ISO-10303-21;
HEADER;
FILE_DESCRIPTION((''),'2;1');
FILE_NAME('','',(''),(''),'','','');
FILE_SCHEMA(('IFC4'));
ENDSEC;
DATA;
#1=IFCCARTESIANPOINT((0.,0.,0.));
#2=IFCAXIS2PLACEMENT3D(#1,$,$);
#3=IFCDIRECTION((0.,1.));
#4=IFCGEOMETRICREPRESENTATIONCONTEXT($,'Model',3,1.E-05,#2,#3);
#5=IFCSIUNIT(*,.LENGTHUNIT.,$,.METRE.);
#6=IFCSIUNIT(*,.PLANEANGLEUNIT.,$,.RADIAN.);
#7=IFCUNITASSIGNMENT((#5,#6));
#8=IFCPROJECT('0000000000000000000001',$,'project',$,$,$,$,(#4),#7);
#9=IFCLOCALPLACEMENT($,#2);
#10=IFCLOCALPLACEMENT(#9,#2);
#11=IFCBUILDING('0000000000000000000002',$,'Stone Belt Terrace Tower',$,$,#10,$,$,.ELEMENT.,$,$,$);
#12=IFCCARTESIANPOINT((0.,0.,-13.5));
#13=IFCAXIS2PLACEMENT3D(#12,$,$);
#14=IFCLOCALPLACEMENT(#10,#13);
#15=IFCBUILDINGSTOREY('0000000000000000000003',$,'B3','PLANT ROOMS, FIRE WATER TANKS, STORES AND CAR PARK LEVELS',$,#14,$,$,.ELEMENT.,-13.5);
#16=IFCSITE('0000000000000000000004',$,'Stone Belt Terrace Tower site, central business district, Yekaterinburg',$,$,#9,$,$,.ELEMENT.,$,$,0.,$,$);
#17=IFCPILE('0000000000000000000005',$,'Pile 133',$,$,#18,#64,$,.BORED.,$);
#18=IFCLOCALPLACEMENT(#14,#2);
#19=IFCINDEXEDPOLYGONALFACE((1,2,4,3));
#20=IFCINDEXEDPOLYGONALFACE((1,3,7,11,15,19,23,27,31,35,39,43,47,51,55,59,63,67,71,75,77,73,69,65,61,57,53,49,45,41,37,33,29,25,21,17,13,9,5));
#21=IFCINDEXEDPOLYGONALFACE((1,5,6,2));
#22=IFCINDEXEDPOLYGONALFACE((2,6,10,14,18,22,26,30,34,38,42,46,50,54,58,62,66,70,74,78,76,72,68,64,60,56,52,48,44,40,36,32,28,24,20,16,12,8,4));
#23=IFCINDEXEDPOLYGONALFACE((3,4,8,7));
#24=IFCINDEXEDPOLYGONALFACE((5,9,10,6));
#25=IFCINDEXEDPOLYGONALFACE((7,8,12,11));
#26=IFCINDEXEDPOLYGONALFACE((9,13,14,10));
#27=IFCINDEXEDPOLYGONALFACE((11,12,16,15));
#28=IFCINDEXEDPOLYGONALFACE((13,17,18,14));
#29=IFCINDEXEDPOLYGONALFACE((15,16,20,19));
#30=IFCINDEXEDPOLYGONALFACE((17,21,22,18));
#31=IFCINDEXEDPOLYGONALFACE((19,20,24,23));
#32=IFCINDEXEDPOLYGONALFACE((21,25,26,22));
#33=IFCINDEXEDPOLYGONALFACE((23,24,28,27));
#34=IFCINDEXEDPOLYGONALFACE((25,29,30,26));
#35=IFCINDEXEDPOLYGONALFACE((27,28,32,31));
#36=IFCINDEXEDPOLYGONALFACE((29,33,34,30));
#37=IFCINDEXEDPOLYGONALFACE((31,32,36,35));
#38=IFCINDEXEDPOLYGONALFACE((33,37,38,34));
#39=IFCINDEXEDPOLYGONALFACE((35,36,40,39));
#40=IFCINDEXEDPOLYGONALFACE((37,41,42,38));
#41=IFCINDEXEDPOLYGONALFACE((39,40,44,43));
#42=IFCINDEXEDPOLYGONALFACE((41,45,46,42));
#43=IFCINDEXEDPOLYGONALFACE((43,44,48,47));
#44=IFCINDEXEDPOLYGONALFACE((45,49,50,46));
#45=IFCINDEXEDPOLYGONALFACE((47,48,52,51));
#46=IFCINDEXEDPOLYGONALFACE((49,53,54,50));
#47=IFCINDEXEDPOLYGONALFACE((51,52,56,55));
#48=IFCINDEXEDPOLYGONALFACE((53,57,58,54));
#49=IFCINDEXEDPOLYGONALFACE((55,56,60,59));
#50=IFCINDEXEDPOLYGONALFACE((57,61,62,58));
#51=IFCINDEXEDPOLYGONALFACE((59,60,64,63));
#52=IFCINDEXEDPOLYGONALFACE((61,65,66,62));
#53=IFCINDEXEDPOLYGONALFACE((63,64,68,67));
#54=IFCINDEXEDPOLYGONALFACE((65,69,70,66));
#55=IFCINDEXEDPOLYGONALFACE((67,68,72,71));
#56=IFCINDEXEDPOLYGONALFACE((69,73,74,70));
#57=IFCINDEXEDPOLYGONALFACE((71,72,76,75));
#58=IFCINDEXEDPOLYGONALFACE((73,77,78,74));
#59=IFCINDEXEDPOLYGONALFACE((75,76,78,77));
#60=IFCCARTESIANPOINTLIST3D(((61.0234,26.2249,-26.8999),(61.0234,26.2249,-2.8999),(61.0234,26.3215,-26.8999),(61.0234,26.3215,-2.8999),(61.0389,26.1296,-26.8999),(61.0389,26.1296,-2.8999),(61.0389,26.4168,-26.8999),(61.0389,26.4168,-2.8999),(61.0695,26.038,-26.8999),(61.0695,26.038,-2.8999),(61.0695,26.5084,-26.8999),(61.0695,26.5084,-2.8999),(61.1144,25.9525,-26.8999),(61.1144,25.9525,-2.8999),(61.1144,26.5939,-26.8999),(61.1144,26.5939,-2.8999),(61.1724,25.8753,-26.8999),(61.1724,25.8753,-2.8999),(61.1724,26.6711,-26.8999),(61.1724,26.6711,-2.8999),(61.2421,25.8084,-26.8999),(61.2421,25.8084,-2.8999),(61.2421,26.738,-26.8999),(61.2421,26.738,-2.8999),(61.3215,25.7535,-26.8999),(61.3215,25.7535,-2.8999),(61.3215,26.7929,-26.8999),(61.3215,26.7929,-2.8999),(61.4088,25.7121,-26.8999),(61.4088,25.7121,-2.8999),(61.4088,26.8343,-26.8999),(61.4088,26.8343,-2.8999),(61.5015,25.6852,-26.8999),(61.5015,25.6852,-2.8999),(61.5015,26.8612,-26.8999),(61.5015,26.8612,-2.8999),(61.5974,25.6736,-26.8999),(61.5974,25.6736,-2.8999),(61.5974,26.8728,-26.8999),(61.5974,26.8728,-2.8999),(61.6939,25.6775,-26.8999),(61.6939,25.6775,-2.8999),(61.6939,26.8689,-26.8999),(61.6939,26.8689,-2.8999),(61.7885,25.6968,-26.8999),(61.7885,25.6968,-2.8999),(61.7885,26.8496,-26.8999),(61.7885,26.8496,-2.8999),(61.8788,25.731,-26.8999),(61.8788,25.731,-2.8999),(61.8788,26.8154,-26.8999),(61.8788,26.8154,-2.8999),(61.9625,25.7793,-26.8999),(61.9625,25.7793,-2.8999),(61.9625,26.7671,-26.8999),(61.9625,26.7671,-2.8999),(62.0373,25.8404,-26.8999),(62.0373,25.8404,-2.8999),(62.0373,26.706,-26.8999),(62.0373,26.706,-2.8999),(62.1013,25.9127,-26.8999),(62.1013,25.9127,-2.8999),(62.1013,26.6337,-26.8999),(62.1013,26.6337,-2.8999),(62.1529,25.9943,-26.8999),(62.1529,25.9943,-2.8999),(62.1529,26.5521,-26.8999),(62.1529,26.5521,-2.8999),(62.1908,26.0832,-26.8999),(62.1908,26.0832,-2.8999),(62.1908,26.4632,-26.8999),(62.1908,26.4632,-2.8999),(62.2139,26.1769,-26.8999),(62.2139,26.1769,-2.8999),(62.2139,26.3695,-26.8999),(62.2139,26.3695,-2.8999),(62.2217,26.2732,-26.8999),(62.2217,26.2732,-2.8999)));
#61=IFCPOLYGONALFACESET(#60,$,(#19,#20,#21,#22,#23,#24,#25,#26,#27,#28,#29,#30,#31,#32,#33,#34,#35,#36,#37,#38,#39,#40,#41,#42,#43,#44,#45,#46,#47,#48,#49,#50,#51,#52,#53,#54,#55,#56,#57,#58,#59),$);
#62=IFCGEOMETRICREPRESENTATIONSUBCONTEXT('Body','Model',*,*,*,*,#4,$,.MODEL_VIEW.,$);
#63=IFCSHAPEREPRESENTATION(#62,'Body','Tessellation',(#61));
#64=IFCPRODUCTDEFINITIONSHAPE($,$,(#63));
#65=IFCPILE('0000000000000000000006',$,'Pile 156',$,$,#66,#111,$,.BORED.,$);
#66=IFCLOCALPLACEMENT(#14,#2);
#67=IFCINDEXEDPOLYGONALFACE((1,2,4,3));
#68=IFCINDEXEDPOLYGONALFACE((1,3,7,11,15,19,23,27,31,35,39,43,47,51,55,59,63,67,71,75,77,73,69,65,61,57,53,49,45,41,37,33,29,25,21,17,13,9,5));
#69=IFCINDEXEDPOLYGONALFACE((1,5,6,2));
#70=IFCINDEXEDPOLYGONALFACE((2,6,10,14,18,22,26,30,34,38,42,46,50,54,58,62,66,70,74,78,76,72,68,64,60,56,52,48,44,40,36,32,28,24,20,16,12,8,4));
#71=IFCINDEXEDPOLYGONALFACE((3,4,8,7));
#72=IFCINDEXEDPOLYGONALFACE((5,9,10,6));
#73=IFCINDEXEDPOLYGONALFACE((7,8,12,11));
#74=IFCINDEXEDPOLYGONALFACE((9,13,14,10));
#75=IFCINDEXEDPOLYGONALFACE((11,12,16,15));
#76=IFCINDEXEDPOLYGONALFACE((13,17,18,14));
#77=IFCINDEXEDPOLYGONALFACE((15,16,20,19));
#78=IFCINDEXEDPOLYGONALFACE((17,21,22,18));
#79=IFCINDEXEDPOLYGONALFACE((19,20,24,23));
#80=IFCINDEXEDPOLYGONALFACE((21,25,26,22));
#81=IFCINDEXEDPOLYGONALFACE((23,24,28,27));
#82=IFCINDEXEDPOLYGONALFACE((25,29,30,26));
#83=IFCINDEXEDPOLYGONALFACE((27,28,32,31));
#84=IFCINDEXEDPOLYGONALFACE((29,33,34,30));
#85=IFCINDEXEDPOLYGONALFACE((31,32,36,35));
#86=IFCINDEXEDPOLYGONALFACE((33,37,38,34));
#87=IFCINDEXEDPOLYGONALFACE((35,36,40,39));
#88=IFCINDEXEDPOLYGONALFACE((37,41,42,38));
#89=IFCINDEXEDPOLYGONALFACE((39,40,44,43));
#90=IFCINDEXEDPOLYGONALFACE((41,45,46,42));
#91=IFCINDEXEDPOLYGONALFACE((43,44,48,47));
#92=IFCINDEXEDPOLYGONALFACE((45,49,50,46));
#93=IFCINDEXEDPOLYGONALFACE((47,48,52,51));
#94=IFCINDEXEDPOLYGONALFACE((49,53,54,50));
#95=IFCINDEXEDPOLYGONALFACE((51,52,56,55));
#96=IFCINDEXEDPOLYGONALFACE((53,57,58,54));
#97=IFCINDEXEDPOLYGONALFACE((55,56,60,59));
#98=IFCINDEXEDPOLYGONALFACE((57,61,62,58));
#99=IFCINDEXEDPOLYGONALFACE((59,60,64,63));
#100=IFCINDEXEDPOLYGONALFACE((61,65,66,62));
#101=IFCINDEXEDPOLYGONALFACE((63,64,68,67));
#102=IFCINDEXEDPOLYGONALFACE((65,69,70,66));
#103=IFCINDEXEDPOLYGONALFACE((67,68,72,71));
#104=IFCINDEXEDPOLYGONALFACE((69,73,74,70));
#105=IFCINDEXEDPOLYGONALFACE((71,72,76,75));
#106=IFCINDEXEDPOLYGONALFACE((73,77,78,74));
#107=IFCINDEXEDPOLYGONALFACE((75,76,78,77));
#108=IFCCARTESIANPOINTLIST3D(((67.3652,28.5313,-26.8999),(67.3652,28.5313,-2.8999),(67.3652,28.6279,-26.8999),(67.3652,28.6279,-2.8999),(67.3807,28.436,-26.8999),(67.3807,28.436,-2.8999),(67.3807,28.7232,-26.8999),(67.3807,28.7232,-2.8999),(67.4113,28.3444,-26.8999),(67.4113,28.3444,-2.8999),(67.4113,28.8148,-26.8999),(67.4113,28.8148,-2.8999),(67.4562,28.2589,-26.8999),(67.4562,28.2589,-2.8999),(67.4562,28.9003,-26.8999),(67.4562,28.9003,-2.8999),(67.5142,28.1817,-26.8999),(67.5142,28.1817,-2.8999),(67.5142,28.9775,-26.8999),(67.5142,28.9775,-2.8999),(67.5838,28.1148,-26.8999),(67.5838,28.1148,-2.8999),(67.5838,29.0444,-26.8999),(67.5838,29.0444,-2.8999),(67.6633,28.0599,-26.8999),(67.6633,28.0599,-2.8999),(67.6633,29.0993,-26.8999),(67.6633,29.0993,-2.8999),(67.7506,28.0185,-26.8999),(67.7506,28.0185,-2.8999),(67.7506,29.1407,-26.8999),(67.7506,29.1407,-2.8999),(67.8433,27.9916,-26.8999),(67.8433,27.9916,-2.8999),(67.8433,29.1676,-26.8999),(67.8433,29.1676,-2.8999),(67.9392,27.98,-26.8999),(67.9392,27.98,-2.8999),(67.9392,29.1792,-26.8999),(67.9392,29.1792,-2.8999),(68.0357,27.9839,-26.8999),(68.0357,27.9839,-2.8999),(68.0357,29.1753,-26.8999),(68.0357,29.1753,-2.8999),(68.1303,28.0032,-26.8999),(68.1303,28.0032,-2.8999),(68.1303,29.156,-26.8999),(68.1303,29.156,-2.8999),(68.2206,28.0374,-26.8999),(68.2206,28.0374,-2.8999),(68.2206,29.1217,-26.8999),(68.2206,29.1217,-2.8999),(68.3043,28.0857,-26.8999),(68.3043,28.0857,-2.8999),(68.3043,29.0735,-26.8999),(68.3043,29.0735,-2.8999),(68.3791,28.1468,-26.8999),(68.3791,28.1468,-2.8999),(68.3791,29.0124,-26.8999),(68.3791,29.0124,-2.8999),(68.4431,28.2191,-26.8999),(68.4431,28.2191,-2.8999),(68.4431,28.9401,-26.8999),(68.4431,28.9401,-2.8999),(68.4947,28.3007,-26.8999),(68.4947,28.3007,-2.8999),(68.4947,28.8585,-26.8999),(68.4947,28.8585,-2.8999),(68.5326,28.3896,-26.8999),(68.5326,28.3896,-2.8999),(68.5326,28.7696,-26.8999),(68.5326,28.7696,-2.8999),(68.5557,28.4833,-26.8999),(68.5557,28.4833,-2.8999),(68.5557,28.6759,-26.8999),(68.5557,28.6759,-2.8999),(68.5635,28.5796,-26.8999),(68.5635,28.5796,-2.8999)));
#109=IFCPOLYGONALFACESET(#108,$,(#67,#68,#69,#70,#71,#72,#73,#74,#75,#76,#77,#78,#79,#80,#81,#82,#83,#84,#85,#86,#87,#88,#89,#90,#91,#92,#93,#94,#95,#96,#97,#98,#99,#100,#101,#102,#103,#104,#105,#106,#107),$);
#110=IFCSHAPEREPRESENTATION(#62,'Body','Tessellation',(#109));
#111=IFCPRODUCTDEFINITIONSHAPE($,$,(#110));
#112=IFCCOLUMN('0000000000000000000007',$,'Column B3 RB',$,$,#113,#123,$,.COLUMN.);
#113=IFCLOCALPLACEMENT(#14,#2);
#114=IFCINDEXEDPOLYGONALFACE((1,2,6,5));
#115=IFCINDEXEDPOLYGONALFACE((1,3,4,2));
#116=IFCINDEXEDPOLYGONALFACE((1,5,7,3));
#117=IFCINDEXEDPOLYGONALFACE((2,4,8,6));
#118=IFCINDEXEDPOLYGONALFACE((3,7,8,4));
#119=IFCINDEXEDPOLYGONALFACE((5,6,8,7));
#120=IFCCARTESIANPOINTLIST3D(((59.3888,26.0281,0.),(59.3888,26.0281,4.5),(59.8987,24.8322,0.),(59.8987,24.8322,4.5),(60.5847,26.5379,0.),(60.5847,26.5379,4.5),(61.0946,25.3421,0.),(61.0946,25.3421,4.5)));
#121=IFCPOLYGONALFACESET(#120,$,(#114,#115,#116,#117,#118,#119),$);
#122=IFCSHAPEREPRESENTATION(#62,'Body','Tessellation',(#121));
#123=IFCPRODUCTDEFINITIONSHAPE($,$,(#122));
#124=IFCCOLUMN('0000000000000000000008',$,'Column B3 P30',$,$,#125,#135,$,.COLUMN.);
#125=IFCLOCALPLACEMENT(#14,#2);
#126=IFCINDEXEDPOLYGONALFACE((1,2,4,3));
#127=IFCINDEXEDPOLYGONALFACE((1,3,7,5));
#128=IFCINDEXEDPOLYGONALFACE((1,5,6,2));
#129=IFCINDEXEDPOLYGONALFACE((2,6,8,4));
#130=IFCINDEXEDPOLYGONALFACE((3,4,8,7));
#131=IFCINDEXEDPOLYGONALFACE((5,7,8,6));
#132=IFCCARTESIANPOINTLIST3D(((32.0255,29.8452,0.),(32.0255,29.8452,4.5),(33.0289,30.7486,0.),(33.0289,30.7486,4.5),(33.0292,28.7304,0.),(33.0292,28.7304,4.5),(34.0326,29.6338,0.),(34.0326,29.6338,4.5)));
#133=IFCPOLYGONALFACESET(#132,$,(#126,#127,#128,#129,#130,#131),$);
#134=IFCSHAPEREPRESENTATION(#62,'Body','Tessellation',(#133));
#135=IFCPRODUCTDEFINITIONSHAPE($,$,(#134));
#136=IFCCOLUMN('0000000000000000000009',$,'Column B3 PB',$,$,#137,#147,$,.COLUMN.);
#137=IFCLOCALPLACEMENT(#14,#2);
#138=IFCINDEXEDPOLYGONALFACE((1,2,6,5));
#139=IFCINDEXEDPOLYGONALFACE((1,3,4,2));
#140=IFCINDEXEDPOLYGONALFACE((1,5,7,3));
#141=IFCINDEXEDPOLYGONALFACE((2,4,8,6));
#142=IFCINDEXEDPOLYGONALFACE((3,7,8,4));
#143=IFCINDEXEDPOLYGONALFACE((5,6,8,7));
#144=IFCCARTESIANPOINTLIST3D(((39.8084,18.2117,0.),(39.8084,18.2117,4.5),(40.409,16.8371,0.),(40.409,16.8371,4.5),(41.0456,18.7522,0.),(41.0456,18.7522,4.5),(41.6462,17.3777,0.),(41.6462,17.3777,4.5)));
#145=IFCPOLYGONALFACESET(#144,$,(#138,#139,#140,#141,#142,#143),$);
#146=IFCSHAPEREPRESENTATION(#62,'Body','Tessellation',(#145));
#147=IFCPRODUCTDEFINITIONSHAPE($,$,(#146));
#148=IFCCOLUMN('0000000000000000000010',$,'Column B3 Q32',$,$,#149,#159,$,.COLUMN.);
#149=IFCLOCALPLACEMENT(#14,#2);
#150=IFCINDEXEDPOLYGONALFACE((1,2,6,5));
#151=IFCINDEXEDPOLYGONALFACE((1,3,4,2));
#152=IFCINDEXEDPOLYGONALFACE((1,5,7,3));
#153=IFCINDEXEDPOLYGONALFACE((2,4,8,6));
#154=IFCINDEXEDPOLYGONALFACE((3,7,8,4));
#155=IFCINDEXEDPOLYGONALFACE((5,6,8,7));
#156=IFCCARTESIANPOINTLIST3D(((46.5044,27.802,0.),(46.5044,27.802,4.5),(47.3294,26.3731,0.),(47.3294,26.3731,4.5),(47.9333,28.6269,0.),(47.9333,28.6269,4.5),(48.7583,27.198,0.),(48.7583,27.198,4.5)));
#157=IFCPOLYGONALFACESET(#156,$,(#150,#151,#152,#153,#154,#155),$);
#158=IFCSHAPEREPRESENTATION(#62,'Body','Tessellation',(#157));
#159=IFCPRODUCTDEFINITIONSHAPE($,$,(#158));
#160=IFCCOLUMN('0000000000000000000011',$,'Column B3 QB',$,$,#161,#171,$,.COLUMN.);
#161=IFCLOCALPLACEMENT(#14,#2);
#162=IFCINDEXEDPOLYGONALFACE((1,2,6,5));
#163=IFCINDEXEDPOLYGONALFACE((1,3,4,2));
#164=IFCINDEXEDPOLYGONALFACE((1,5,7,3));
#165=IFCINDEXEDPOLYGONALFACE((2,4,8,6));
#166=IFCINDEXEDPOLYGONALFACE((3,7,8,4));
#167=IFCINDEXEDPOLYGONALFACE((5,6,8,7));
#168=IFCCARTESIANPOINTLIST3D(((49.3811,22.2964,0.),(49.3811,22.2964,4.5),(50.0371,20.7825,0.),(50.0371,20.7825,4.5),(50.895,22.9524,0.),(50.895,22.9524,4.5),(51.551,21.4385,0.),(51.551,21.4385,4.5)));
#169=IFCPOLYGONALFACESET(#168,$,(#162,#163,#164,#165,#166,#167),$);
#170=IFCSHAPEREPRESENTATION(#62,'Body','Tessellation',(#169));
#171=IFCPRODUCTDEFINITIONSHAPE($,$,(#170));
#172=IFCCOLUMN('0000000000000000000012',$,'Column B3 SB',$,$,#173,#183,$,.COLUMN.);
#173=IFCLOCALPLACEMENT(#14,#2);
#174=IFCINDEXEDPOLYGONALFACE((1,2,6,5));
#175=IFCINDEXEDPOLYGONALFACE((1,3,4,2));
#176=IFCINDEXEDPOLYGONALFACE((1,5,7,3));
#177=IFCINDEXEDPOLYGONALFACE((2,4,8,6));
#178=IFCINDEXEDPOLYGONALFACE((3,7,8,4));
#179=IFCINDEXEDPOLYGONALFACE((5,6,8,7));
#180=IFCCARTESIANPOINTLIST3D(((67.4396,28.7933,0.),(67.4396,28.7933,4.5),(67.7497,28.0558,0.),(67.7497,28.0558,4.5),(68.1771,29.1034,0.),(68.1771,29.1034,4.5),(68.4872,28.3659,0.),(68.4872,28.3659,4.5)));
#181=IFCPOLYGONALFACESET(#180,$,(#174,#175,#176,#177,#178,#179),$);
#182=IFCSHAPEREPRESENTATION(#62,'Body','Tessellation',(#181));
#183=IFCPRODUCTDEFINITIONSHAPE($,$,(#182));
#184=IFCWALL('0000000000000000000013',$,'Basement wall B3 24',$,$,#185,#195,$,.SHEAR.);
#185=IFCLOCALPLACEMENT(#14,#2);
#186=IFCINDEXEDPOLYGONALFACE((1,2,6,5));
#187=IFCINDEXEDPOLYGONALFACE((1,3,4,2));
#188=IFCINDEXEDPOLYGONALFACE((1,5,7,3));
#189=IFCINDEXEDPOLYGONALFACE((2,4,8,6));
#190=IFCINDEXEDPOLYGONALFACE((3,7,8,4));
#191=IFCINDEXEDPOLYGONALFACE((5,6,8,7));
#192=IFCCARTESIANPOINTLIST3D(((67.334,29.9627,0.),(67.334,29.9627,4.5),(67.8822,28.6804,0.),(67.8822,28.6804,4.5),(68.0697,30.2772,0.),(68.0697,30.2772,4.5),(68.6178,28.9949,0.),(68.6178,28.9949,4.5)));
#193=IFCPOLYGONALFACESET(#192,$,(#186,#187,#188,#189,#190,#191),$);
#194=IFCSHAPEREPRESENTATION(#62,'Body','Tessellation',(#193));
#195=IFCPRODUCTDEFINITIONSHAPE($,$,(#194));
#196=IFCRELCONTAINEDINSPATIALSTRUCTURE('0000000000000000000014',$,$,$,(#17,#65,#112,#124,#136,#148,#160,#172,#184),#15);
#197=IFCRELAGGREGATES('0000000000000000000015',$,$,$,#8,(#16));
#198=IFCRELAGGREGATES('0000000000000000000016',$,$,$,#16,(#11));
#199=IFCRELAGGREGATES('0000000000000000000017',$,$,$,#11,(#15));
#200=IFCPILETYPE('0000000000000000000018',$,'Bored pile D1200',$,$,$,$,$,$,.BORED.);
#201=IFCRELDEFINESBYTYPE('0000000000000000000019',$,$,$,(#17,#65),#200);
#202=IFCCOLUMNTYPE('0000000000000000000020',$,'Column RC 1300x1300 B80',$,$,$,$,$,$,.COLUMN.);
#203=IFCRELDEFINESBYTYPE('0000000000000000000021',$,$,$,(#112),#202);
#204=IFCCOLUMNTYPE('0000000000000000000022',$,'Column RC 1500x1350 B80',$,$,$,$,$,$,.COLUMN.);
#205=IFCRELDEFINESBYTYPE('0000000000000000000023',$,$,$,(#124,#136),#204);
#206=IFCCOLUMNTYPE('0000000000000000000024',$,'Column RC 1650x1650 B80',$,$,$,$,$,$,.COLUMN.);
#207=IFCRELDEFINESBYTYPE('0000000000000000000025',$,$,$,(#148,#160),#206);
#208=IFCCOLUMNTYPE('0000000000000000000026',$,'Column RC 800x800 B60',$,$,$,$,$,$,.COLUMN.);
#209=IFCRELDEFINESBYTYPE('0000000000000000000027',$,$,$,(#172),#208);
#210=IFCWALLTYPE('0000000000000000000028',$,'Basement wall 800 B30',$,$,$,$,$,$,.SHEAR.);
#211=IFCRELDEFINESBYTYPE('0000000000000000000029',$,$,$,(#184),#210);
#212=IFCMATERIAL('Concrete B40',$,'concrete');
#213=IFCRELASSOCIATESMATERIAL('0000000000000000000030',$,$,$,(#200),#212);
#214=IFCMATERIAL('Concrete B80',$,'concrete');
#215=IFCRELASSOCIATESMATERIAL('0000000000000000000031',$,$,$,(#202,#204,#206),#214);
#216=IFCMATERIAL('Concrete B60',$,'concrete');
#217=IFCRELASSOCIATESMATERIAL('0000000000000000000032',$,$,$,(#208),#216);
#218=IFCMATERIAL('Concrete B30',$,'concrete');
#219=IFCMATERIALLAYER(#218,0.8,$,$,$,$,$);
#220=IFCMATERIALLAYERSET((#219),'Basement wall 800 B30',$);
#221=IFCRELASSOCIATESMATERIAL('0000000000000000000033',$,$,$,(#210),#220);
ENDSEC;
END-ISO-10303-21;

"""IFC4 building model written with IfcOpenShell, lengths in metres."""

from ifc_helpers import new_model, si_unit, direction, frame, frame_2d, origin, origin_2d, place, context, subcontext, project, spatial, rectangle, circle, extrude, material, layer, layer_set, material_profile, profile_set, type_object, element, save


model = new_model("IFC4")

# Units and contexts
model_context = context("Model", 3, precision=1e-05, world=origin(), true_north=direction((0.0, 1.0)))
body_context = subcontext(model_context, "Body", "Model", "MODEL_VIEW")
ifc_project = project(units=[si_unit("LENGTHUNIT", "METRE"), si_unit("PLANEANGLEUNIT", "RADIAN")], contexts=[model_context])

# Site, building, storey
site_placement = place(None, origin())
site = spatial("IfcSite", under=ifc_project, at=site_placement, Name="Stone Belt Terrace Tower site, central business district, Yekaterinburg", CompositionType="ELEMENT", RefElevation=0.0)
building_placement = place(site_placement, origin())
building = spatial("IfcBuilding", under=site, at=building_placement, Name="Stone Belt Terrace Tower", CompositionType="ELEMENT")
storey_placement = place(building_placement, frame((0.0, 0.0, -13.5)))
storey = spatial("IfcBuildingStorey", under=building, at=storey_placement, Name="B3", Description="PLANT ROOMS, FIRE WATER TANKS, STORES AND CAR PARK LEVELS", CompositionType="ELEMENT", Elevation=-13.5)

# Piles
ifc_material_1 = material(Name="Concrete B40", Category="concrete")
ifc_material_profile_1 = material_profile(ifc_material_1, circle(Radius=0.6001, at=origin_2d()), Name="PILE D1200")
ifc_profile_set_1 = profile_set([ifc_material_profile_1], Name="Concrete B40")
pile_type = type_object("IfcPileType", Name="Bored pile D1200", PredefinedType="BORED", material=ifc_profile_set_1)
for number, where, z_axis, x_axis, name in (
    (1, (61.6216, 26.2732, -2.8999), (0.0, 0.0, -1.0), (1.0, 0.0, 0.0), "Pile 133"),
    (2, (67.9634, 28.5796, -2.8999), (0.0, 0.0, -1.0), (1.0, 0.0, 0.0), "Pile 156"),
):
    element("IfcPile", number, at=place(storey_placement, frame(where, z_axis=z_axis, x_axis=x_axis)), inside=storey, type_object=pile_type, Name=name, PredefinedType="BORED", context=body_context, shape_type="SweptSolid", body=[
        extrude(circle(Radius=0.6001, at=origin_2d()), origin(), (0.0, 0.0, 1.0), 24.0),
    ])

# Columns
ifc_material_2 = material(Name="Concrete B80", Category="concrete")
ifc_material_profile_2 = material_profile(ifc_material_2, rectangle(XDim=1.3, YDim=1.3, at=origin_2d()), Name="RC 1300x1300")
ifc_profile_set_2 = profile_set([ifc_material_profile_2], Name="Concrete B80")
column_type_1 = type_object("IfcColumnType", Name="Column RC 1300x1300 B80", PredefinedType="COLUMN", material=ifc_profile_set_2)
column_1_placement = place(storey_placement, frame((60.2417, 25.6851, 0.0), z_axis=(0.0, 0.0, 1.0), x_axis=(0.392204, -0.919878, 0.0)))
element("IfcColumn", 3, at=column_1_placement, inside=storey, type_object=column_type_1, Name="Column B3 RB", PredefinedType="COLUMN", context=body_context, shape_type="SweptSolid", body=[
    extrude(rectangle(XDim=1.3, YDim=1.3, at=origin_2d()), origin(), (0.0, 0.0, 1.0), 4.5),
])
ifc_material_profile_3 = material_profile(ifc_material_2, rectangle(XDim=1.5, YDim=1.3501, at=origin_2d()), Name="RC 1500x1350")
ifc_profile_set_3 = profile_set([ifc_material_profile_3], Name="Concrete B80")
column_type_2 = type_object("IfcColumnType", Name="Column RC 1500x1350 B80", PredefinedType="COLUMN", material=ifc_profile_set_3)
for number, where, z_axis, x_axis, name in (
    (4, (33.0291, 29.7395, 0.0), (0.0, 0.0, 1.0), (0.669131, -0.743145, 0.0), "Column B3 P30"),
    (5, (40.7273, 17.7947, 0.0), (0.0, 0.0, 1.0), (0.400376, -0.916351, 0.0), "Column B3 PB"),
):
    element("IfcColumn", number, at=place(storey_placement, frame(where, z_axis=z_axis, x_axis=x_axis)), inside=storey, type_object=column_type_2, Name=name, PredefinedType="COLUMN", context=body_context, shape_type="SweptSolid", body=[
        extrude(rectangle(XDim=1.5, YDim=1.3501, at=origin_2d()), origin(), (0.0, 0.0, 1.0), 4.5),
    ])
ifc_material_profile_4 = material_profile(ifc_material_2, rectangle(XDim=1.6499, YDim=1.6499, at=origin_2d()), Name="RC 1650x1650")
ifc_profile_set_4 = profile_set([ifc_material_profile_4], Name="Concrete B80")
column_type_3 = type_object("IfcColumnType", Name="Column RC 1650x1650 B80", PredefinedType="COLUMN", material=ifc_profile_set_4)
for number, where, z_axis, x_axis, name in (
    (6, (47.6313, 27.5, 0.0), (0.0, 0.0, 1.0), (0.5, -0.866025, 0.0), "Column B3 Q32"),
    (7, (50.4661, 21.8674, 0.0), (0.0, 0.0, 1.0), (0.397588, -0.917564, 0.0), "Column B3 QB"),
):
    element("IfcColumn", number, at=place(storey_placement, frame(where, z_axis=z_axis, x_axis=x_axis)), inside=storey, type_object=column_type_3, Name=name, PredefinedType="COLUMN", context=body_context, shape_type="SweptSolid", body=[
        extrude(rectangle(XDim=1.6499, YDim=1.6499, at=origin_2d()), origin(), (0.0, 0.0, 1.0), 4.5),
    ])
ifc_material_3 = material(Name="Concrete B60", Category="concrete")
ifc_material_profile_5 = material_profile(ifc_material_3, rectangle(XDim=0.8, YDim=0.8, at=origin_2d()), Name="RC 800x800")
ifc_profile_set_5 = profile_set([ifc_material_profile_5], Name="Concrete B60")
column_type_4 = type_object("IfcColumnType", Name="Column RC 800x800 B60", PredefinedType="COLUMN", material=ifc_profile_set_5)
column_2_placement = place(storey_placement, frame((67.9634, 28.5796, 0.0), z_axis=(0.0, 0.0, 1.0), x_axis=(0.387636, -0.921812, 0.0)))
element("IfcColumn", 8, at=column_2_placement, inside=storey, type_object=column_type_4, Name="Column B3 SB", PredefinedType="COLUMN", context=body_context, shape_type="SweptSolid", body=[
    extrude(rectangle(XDim=0.8, YDim=0.8, at=origin_2d()), origin(), (0.0, 0.0, 1.0), 4.5),
])

# Wall
ifc_material_4 = material(Name="Concrete B30", Category="concrete")
ifc_layer_1 = layer(ifc_material_4, 0.8)
ifc_layer_set_1 = layer_set([ifc_layer_1], Name="Basement wall 800 B30")
wall_type_1 = type_object("IfcWallType", Name="Basement wall 800 B30", PredefinedType="SHEAR", material=ifc_layer_set_1)
wall_1_placement = place(storey_placement, frame((68.25, 28.8376, 0.0), z_axis=(0.0, 0.0, 1.0), x_axis=(-0.393053, 0.919516, 0.0)))
element("IfcWall", 9, at=wall_1_placement, inside=storey, type_object=wall_type_1, Name="Basement wall B3 24", PredefinedType="SHEAR", context=body_context, shape_type="SweptSolid", body=[
    extrude(rectangle(XDim=1.3945, YDim=0.8, at=frame_2d((0.6973, 0.0))), origin(), (0.0, 0.0, 1.0), 4.5),
])

save(model, "model.ifc")
